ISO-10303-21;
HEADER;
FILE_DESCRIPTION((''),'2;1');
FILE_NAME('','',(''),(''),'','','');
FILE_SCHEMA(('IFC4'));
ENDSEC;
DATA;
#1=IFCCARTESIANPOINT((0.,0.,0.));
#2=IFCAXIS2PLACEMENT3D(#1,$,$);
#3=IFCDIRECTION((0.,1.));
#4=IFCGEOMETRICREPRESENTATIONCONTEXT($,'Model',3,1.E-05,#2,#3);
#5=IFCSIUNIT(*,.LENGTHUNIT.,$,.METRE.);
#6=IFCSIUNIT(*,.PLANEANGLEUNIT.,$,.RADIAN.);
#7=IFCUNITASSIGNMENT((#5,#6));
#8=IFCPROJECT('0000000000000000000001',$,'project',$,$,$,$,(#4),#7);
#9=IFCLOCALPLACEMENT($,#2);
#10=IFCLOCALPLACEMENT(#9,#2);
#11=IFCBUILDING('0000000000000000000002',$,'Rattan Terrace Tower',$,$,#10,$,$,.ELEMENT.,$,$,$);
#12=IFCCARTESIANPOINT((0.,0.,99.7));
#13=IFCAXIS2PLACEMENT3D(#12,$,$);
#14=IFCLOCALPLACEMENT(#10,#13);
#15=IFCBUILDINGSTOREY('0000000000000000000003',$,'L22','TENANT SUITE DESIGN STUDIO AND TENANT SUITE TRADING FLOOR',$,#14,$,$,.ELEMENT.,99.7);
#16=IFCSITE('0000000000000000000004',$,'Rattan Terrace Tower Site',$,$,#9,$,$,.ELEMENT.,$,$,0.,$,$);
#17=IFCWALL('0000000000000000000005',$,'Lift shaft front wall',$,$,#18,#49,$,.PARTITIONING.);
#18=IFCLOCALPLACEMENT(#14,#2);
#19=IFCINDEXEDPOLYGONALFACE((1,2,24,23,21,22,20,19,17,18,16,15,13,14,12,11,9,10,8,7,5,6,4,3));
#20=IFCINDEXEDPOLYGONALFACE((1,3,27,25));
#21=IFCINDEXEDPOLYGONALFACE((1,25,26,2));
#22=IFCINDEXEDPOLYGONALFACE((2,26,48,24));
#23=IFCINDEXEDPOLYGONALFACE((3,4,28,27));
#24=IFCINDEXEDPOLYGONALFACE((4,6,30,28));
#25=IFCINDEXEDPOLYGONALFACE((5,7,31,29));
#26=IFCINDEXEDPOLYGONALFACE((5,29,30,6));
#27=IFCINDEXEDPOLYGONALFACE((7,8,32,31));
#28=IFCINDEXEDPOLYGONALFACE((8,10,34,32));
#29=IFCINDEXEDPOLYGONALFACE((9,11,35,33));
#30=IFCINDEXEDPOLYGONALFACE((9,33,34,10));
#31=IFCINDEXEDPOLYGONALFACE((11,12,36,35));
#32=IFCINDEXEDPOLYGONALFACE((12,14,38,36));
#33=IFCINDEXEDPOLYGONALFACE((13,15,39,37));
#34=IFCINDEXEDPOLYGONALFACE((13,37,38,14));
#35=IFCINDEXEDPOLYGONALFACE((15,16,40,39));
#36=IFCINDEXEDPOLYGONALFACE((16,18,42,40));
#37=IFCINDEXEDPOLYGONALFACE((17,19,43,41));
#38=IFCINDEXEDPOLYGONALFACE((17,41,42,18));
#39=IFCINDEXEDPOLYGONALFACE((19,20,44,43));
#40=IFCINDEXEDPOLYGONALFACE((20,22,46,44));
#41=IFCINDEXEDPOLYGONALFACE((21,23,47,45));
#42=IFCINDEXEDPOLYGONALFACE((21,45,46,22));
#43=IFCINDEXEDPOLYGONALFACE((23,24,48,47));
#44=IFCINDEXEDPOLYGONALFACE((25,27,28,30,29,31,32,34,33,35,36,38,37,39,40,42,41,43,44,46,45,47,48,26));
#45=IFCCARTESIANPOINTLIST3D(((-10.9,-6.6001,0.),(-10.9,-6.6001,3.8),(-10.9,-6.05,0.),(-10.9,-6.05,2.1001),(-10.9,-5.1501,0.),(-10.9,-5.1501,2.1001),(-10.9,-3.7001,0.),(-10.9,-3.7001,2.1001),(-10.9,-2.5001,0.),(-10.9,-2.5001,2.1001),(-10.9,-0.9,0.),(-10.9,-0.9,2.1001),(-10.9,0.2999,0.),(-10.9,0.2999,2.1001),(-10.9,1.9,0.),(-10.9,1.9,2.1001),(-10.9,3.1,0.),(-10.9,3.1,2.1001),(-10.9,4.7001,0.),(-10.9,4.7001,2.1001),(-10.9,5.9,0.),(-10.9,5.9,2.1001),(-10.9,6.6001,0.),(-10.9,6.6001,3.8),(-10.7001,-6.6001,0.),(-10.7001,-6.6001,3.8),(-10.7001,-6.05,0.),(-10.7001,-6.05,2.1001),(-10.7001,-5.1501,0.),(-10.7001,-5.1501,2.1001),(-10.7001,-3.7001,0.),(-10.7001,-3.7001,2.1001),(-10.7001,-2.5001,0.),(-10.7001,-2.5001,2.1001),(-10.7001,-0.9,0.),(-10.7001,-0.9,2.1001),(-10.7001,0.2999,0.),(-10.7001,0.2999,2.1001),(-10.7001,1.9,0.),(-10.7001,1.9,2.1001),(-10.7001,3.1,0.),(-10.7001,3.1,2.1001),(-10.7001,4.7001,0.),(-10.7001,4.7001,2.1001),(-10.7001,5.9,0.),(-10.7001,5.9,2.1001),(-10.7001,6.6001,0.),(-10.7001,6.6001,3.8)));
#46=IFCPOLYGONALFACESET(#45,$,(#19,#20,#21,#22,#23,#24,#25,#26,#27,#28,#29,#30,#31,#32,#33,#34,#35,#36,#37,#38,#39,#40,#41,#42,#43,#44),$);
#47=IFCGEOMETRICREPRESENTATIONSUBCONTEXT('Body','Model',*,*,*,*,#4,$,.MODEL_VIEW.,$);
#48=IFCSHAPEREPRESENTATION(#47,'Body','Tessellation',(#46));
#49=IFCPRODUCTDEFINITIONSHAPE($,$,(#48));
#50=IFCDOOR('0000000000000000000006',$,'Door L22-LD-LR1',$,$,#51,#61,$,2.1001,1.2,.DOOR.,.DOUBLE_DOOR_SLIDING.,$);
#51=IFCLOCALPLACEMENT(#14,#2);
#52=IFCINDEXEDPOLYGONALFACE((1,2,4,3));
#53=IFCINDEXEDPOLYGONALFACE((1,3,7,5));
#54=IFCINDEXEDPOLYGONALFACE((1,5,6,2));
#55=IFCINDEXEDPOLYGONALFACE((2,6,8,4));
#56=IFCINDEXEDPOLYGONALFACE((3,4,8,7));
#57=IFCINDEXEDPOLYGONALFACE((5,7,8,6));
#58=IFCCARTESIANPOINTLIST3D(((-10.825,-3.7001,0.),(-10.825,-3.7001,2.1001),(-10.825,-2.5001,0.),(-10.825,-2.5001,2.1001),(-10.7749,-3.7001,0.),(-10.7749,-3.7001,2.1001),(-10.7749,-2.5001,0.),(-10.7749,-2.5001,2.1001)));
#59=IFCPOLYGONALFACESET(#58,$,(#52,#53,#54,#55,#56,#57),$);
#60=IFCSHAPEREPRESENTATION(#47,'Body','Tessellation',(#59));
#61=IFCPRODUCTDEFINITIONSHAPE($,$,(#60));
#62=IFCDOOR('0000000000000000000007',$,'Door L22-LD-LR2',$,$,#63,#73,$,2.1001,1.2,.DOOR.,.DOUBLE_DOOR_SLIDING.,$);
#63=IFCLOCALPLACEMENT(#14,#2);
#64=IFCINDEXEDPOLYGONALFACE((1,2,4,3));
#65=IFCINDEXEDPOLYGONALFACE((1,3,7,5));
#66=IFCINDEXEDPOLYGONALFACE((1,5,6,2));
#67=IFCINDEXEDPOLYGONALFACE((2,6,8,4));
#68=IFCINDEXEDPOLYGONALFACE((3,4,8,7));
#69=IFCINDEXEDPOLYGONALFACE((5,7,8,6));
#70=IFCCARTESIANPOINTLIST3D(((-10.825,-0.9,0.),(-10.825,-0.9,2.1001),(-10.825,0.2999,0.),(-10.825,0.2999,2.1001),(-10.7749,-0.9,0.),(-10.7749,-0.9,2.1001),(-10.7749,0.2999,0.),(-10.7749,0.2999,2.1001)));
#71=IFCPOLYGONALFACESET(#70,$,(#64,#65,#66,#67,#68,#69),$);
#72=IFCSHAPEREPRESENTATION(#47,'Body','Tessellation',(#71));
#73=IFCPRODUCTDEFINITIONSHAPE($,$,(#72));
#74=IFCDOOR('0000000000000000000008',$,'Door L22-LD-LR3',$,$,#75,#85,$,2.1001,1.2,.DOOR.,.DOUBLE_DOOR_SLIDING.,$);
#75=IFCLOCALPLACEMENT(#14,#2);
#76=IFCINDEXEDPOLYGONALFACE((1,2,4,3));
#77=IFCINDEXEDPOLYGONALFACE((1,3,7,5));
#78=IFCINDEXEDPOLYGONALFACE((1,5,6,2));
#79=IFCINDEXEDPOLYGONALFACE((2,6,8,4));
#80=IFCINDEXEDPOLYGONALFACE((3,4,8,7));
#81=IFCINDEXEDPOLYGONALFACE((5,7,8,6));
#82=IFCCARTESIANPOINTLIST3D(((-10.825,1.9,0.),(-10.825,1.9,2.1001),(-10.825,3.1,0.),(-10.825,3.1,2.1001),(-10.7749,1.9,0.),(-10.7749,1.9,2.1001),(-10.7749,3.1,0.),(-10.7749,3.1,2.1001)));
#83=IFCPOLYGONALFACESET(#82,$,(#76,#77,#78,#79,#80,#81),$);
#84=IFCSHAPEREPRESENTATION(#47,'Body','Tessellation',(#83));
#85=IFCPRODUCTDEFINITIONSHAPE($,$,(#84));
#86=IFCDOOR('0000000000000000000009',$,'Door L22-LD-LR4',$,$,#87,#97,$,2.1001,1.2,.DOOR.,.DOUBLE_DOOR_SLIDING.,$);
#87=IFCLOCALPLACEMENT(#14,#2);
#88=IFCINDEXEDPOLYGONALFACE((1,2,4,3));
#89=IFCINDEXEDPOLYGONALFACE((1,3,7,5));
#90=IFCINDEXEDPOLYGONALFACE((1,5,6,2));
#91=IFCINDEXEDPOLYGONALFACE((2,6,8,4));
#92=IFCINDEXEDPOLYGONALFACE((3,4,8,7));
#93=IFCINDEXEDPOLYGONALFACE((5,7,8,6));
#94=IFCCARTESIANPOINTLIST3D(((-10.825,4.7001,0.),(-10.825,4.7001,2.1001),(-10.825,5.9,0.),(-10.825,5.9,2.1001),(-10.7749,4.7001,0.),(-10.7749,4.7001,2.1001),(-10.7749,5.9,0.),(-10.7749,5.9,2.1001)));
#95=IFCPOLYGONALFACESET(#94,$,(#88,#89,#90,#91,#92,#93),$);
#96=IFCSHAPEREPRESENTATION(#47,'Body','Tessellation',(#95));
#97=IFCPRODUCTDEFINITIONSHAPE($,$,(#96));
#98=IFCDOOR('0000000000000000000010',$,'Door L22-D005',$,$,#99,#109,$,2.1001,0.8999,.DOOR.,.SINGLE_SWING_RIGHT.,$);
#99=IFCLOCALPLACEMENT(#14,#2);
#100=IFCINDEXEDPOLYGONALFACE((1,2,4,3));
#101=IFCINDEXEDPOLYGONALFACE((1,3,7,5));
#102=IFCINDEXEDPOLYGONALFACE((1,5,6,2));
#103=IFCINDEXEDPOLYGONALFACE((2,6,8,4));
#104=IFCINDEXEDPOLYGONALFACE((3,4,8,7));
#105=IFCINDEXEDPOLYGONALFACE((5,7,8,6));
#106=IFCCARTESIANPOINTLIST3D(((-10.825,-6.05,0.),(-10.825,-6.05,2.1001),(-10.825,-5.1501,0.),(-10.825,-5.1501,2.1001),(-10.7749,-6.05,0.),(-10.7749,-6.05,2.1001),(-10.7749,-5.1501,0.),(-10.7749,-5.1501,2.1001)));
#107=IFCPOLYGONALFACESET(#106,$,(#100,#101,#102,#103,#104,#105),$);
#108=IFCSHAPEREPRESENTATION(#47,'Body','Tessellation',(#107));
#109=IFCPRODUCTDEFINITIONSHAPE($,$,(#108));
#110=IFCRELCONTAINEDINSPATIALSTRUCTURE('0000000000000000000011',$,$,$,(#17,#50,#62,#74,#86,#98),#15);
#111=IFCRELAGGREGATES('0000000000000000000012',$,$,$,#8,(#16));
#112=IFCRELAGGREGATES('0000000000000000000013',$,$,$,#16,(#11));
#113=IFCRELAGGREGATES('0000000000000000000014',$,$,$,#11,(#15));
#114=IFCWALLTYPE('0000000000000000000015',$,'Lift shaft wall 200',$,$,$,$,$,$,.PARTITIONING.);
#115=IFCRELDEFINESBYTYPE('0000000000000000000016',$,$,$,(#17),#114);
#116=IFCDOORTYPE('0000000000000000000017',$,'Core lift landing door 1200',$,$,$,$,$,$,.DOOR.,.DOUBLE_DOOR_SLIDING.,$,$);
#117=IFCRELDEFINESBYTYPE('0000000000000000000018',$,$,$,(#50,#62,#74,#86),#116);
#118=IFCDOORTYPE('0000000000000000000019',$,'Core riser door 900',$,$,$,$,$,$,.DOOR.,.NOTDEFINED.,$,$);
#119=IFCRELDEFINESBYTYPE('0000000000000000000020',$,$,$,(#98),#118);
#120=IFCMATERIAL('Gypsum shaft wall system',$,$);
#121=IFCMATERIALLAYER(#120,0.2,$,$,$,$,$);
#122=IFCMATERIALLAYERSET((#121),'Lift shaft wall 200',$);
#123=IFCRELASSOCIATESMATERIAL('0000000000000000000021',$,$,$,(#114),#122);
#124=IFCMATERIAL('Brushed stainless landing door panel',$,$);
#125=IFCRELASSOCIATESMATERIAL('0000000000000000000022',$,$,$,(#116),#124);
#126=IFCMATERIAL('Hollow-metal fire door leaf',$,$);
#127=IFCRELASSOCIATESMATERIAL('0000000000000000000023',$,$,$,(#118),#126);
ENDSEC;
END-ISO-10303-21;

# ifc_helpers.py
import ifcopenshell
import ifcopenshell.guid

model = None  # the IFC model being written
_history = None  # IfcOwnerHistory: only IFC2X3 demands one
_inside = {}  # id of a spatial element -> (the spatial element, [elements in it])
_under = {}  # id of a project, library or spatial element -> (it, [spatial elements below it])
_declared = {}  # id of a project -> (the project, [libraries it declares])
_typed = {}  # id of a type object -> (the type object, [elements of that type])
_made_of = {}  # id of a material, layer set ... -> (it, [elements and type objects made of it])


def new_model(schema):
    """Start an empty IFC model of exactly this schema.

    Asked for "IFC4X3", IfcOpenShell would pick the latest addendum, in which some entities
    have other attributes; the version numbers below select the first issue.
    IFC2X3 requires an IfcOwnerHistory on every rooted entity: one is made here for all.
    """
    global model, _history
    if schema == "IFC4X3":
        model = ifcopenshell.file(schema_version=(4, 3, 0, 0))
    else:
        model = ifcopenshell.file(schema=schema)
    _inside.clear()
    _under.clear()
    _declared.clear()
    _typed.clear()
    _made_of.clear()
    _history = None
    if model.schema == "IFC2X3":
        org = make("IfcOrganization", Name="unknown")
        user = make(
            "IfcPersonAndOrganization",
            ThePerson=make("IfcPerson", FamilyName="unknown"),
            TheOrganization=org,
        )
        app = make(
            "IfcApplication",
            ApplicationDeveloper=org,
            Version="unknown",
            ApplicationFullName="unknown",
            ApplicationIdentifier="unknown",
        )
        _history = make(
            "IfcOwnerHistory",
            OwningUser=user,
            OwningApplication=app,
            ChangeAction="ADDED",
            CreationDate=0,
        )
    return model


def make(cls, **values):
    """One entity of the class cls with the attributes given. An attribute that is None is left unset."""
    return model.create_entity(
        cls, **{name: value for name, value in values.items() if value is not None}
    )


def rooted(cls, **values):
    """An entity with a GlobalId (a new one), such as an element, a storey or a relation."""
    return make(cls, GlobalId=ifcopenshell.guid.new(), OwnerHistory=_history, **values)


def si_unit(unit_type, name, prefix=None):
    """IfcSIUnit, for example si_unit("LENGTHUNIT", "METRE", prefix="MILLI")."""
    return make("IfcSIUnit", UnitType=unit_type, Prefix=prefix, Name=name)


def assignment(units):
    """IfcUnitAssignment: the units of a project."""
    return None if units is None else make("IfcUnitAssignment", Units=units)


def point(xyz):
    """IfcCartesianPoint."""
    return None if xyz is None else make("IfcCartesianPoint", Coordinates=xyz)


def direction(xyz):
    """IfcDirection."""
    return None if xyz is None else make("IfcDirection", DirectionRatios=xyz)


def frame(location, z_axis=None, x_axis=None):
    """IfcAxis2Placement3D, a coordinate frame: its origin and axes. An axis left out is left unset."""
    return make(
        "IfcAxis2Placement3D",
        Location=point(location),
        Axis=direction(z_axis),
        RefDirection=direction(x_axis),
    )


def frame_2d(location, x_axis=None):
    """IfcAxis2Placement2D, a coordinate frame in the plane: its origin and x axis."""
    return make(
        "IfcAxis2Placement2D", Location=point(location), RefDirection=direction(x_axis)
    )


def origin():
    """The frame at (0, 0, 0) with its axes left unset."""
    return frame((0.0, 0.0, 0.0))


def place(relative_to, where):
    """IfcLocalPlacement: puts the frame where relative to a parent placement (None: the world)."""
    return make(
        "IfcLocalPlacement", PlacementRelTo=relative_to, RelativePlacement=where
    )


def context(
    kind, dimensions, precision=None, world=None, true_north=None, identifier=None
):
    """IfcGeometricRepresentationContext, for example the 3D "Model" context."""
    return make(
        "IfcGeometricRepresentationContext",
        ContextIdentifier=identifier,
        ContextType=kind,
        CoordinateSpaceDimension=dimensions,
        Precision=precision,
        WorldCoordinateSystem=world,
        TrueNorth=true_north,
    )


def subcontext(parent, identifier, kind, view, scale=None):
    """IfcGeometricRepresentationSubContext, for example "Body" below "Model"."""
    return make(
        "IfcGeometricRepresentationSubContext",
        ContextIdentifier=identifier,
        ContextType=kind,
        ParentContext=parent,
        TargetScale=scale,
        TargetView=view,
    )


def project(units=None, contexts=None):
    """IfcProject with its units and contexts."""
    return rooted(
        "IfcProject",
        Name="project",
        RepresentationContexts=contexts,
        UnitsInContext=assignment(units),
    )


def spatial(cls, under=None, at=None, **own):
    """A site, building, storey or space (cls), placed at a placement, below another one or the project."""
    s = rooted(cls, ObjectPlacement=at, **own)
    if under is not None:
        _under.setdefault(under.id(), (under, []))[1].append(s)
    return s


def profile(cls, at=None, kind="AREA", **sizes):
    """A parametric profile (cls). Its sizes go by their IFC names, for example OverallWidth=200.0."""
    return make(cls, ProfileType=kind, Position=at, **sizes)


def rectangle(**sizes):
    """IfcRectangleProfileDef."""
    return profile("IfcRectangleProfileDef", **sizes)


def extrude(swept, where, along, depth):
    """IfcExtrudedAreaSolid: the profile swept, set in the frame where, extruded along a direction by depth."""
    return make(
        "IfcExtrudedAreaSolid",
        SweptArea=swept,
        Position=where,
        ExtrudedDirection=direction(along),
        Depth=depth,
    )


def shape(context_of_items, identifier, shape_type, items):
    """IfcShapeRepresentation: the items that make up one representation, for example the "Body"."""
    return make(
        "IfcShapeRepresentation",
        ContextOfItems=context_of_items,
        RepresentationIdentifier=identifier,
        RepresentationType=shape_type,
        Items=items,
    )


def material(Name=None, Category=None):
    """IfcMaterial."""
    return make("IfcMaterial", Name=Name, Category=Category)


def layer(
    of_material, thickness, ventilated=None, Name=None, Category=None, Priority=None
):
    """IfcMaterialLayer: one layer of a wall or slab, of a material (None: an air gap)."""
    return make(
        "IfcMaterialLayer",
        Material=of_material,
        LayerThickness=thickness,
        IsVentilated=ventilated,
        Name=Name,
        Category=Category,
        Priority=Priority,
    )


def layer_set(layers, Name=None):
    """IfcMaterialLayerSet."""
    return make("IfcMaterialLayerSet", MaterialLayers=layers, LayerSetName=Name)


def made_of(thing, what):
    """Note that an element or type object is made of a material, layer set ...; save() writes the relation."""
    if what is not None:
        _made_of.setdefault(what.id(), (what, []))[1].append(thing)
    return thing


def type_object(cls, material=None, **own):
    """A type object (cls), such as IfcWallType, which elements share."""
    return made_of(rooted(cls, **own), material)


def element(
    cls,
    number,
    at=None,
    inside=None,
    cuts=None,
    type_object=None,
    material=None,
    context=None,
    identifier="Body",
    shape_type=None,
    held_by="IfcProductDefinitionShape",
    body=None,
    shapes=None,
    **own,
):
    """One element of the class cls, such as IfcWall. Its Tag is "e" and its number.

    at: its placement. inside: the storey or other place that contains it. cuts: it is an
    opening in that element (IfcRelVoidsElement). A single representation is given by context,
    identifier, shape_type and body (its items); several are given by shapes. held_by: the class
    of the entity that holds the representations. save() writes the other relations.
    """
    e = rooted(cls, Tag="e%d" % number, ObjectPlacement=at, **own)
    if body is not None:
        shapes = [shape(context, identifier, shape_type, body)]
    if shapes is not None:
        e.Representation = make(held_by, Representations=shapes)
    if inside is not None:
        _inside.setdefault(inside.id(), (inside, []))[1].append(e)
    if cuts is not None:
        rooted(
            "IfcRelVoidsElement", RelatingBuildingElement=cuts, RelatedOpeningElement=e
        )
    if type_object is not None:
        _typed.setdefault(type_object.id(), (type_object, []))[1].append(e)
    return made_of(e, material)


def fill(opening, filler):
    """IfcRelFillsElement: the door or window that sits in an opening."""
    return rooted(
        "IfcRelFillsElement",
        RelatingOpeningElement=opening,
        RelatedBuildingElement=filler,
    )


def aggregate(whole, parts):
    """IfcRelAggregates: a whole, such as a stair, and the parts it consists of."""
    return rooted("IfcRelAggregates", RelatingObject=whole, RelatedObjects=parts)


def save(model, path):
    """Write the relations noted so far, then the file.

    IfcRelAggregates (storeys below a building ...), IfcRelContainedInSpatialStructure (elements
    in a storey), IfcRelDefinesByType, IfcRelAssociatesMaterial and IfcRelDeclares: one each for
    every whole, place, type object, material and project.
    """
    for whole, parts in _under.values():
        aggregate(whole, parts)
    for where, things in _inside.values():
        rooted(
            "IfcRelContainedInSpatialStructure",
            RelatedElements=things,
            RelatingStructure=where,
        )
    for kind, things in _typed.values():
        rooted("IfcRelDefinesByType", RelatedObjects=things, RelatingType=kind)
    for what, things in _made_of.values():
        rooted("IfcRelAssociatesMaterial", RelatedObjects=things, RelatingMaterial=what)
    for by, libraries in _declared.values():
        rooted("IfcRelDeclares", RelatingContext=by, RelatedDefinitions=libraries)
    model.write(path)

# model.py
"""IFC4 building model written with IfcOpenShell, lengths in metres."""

from ifc_helpers import new_model, si_unit, direction, frame, frame_2d, origin, place, context, subcontext, project, spatial, rectangle, extrude, material, layer, layer_set, type_object, element, fill, save


model = new_model("IFC4")

# Units and contexts
model_context = context("Model", 3, precision=1e-05, world=origin(), true_north=direction((0.0, 1.0)))
body_context = subcontext(model_context, "Body", "Model", "MODEL_VIEW")
ifc_project = project(units=[si_unit("LENGTHUNIT", "METRE"), si_unit("PLANEANGLEUNIT", "RADIAN")], contexts=[model_context])

# Site, building, storey
site_placement = place(None, origin())
site = spatial("IfcSite", under=ifc_project, at=site_placement, Name="Rattan Terrace Tower Site", CompositionType="ELEMENT", RefElevation=0.0)
building_placement = place(site_placement, origin())
building = spatial("IfcBuilding", under=site, at=building_placement, Name="Rattan Terrace Tower", CompositionType="ELEMENT")
storey_placement = place(building_placement, frame((0.0, 0.0, 99.7)))
storey = spatial("IfcBuildingStorey", under=building, at=storey_placement, Name="L22", Description="TENANT SUITE DESIGN STUDIO AND TENANT SUITE TRADING FLOOR", CompositionType="ELEMENT", Elevation=99.7)

# Wall, openings, doors
ifc_material_1 = material(Name="Gypsum shaft wall system")
ifc_layer_1 = layer(ifc_material_1, 0.2)
ifc_layer_set_1 = layer_set([ifc_layer_1], Name="Lift shaft wall 200")
wall_type_1 = type_object("IfcWallType", Name="Lift shaft wall 200", PredefinedType="PARTITIONING", material=ifc_layer_set_1)
wall_1_placement = place(storey_placement, frame((-10.8, -6.6001, 0.0), z_axis=(0.0, 0.0, 1.0), x_axis=(0.0, 1.0, 0.0)))
wall_1 = element("IfcWall", 1, at=wall_1_placement, inside=storey, type_object=wall_type_1, Name="Lift shaft front wall", PredefinedType="PARTITIONING", context=body_context, shape_type="SweptSolid", body=[
    extrude(rectangle(XDim=13.2002, YDim=0.2, at=frame_2d((6.6001, 0.0))), origin(), (0.0, 0.0, 1.0), 3.8),
])
opening_1_placement = place(wall_1_placement, frame((0.55, 0.0, 0.0)))
opening_1 = element("IfcOpeningElement", 2, at=opening_1_placement, cuts=wall_1, PredefinedType="OPENING", context=body_context, shape_type="SweptSolid", body=[
    extrude(rectangle(XDim=0.8999, YDim=2.1001, at=frame_2d((0.45, 1.05))), frame((0.0, 0.1106, 0.0), z_axis=(0.0, -1.0, 0.0), x_axis=(1.0, 0.0, 0.0)), (0.0, 0.0, 1.0), 0.2209),
])
opening_2_placement = place(wall_1_placement, frame((2.8999, 0.0, 0.0)))
opening_2 = element("IfcOpeningElement", 3, at=opening_2_placement, cuts=wall_1, PredefinedType="OPENING", context=body_context, shape_type="SweptSolid", body=[
    extrude(rectangle(XDim=1.2, YDim=2.1001, at=frame_2d((0.6001, 1.05))), frame((0.0, 0.1106, 0.0), z_axis=(0.0, -1.0, 0.0), x_axis=(1.0, 0.0, 0.0)), (0.0, 0.0, 1.0), 0.2209),
])
opening_3_placement = place(wall_1_placement, frame((5.7, 0.0, 0.0)))
opening_3 = element("IfcOpeningElement", 4, at=opening_3_placement, cuts=wall_1, PredefinedType="OPENING", context=body_context, shape_type="SweptSolid", body=[
    extrude(rectangle(XDim=1.2, YDim=2.1001, at=frame_2d((0.6001, 1.05))), frame((0.0, 0.1106, 0.0), z_axis=(0.0, -1.0, 0.0), x_axis=(1.0, 0.0, 0.0)), (0.0, 0.0, 1.0), 0.2209),
])
opening_4_placement = place(wall_1_placement, frame((8.5, 0.0, 0.0)))
opening_4 = element("IfcOpeningElement", 5, at=opening_4_placement, cuts=wall_1, PredefinedType="OPENING", context=body_context, shape_type="SweptSolid", body=[
    extrude(rectangle(XDim=1.2, YDim=2.1001, at=frame_2d((0.6001, 1.05))), frame((0.0, 0.1106, 0.0), z_axis=(0.0, -1.0, 0.0), x_axis=(1.0, 0.0, 0.0)), (0.0, 0.0, 1.0), 0.2209),
])
opening_5_placement = place(wall_1_placement, frame((11.3, 0.0, 0.0)))
opening_5 = element("IfcOpeningElement", 6, at=opening_5_placement, cuts=wall_1, PredefinedType="OPENING", context=body_context, shape_type="SweptSolid", body=[
    extrude(rectangle(XDim=1.2, YDim=2.1001, at=frame_2d((0.6001, 1.05))), frame((0.0, 0.1106, 0.0), z_axis=(0.0, -1.0, 0.0), x_axis=(1.0, 0.0, 0.0)), (0.0, 0.0, 1.0), 0.2209),
])
ifc_material_2 = material(Name="Brushed stainless landing door panel")
door_type_1 = type_object("IfcDoorType", Name="Core lift landing door 1200", OperationType="DOUBLE_DOOR_SLIDING", PredefinedType="DOOR", material=ifc_material_2)
door_1_placement = place(opening_2_placement, origin())
door_1 = element("IfcDoor", 7, at=door_1_placement, inside=storey, type_object=door_type_1, Name="Door L22-LD-LR1", OperationType="DOUBLE_DOOR_SLIDING", OverallHeight=2.1001, OverallWidth=1.2, PredefinedType="DOOR", context=body_context, shape_type="SweptSolid", body=[
    extrude(rectangle(XDim=1.2, YDim=2.1001, at=frame_2d((0.6001, 1.05))), frame((0.0, 0.0249, 0.0), z_axis=(0.0, -1.0, 0.0), x_axis=(1.0, 0.0, 0.0)), (0.0, 0.0, 1.0), 0.05),
])
fill(opening_2, door_1)
door_2_placement = place(opening_3_placement, origin())
door_2 = element("IfcDoor", 8, at=door_2_placement, inside=storey, type_object=door_type_1, Name="Door L22-LD-LR2", OperationType="DOUBLE_DOOR_SLIDING", OverallHeight=2.1001, OverallWidth=1.2, PredefinedType="DOOR", context=body_context, shape_type="SweptSolid", body=[
    extrude(rectangle(XDim=1.2, YDim=2.1001, at=frame_2d((0.6001, 1.05))), frame((0.0, 0.0249, 0.0), z_axis=(0.0, -1.0, 0.0), x_axis=(1.0, 0.0, 0.0)), (0.0, 0.0, 1.0), 0.05),
])
fill(opening_3, door_2)
door_3_placement = place(opening_4_placement, origin())
door_3 = element("IfcDoor", 9, at=door_3_placement, inside=storey, type_object=door_type_1, Name="Door L22-LD-LR3", OperationType="DOUBLE_DOOR_SLIDING", OverallHeight=2.1001, OverallWidth=1.2, PredefinedType="DOOR", context=body_context, shape_type="SweptSolid", body=[
    extrude(rectangle(XDim=1.2, YDim=2.1001, at=frame_2d((0.6001, 1.05))), frame((0.0, 0.0249, 0.0), z_axis=(0.0, -1.0, 0.0), x_axis=(1.0, 0.0, 0.0)), (0.0, 0.0, 1.0), 0.05),
])
fill(opening_4, door_3)
door_4_placement = place(opening_5_placement, origin())
door_4 = element("IfcDoor", 10, at=door_4_placement, inside=storey, type_object=door_type_1, Name="Door L22-LD-LR4", OperationType="DOUBLE_DOOR_SLIDING", OverallHeight=2.1001, OverallWidth=1.2, PredefinedType="DOOR", context=body_context, shape_type="SweptSolid", body=[
    extrude(rectangle(XDim=1.2, YDim=2.1001, at=frame_2d((0.6001, 1.05))), frame((0.0, 0.0249, 0.0), z_axis=(0.0, -1.0, 0.0), x_axis=(1.0, 0.0, 0.0)), (0.0, 0.0, 1.0), 0.05),
])
fill(opening_5, door_4)
ifc_material_3 = material(Name="Hollow-metal fire door leaf")
door_type_2 = type_object("IfcDoorType", Name="Core riser door 900", OperationType="NOTDEFINED", PredefinedType="DOOR", material=ifc_material_3)
door_5_placement = place(opening_1_placement, origin())
door_5 = element("IfcDoor", 11, at=door_5_placement, inside=storey, type_object=door_type_2, Name="Door L22-D005", OperationType="SINGLE_SWING_RIGHT", OverallHeight=2.1001, OverallWidth=0.8999, PredefinedType="DOOR", context=body_context, shape_type="SweptSolid", body=[
    extrude(rectangle(XDim=0.8999, YDim=2.1001, at=frame_2d((0.45, 1.05))), frame((0.0, 0.0249, 0.0), z_axis=(0.0, -1.0, 0.0), x_axis=(1.0, 0.0, 0.0)), (0.0, 0.0, 1.0), 0.05),
])
fill(opening_1, door_5)

save(model, "model.ifc")
